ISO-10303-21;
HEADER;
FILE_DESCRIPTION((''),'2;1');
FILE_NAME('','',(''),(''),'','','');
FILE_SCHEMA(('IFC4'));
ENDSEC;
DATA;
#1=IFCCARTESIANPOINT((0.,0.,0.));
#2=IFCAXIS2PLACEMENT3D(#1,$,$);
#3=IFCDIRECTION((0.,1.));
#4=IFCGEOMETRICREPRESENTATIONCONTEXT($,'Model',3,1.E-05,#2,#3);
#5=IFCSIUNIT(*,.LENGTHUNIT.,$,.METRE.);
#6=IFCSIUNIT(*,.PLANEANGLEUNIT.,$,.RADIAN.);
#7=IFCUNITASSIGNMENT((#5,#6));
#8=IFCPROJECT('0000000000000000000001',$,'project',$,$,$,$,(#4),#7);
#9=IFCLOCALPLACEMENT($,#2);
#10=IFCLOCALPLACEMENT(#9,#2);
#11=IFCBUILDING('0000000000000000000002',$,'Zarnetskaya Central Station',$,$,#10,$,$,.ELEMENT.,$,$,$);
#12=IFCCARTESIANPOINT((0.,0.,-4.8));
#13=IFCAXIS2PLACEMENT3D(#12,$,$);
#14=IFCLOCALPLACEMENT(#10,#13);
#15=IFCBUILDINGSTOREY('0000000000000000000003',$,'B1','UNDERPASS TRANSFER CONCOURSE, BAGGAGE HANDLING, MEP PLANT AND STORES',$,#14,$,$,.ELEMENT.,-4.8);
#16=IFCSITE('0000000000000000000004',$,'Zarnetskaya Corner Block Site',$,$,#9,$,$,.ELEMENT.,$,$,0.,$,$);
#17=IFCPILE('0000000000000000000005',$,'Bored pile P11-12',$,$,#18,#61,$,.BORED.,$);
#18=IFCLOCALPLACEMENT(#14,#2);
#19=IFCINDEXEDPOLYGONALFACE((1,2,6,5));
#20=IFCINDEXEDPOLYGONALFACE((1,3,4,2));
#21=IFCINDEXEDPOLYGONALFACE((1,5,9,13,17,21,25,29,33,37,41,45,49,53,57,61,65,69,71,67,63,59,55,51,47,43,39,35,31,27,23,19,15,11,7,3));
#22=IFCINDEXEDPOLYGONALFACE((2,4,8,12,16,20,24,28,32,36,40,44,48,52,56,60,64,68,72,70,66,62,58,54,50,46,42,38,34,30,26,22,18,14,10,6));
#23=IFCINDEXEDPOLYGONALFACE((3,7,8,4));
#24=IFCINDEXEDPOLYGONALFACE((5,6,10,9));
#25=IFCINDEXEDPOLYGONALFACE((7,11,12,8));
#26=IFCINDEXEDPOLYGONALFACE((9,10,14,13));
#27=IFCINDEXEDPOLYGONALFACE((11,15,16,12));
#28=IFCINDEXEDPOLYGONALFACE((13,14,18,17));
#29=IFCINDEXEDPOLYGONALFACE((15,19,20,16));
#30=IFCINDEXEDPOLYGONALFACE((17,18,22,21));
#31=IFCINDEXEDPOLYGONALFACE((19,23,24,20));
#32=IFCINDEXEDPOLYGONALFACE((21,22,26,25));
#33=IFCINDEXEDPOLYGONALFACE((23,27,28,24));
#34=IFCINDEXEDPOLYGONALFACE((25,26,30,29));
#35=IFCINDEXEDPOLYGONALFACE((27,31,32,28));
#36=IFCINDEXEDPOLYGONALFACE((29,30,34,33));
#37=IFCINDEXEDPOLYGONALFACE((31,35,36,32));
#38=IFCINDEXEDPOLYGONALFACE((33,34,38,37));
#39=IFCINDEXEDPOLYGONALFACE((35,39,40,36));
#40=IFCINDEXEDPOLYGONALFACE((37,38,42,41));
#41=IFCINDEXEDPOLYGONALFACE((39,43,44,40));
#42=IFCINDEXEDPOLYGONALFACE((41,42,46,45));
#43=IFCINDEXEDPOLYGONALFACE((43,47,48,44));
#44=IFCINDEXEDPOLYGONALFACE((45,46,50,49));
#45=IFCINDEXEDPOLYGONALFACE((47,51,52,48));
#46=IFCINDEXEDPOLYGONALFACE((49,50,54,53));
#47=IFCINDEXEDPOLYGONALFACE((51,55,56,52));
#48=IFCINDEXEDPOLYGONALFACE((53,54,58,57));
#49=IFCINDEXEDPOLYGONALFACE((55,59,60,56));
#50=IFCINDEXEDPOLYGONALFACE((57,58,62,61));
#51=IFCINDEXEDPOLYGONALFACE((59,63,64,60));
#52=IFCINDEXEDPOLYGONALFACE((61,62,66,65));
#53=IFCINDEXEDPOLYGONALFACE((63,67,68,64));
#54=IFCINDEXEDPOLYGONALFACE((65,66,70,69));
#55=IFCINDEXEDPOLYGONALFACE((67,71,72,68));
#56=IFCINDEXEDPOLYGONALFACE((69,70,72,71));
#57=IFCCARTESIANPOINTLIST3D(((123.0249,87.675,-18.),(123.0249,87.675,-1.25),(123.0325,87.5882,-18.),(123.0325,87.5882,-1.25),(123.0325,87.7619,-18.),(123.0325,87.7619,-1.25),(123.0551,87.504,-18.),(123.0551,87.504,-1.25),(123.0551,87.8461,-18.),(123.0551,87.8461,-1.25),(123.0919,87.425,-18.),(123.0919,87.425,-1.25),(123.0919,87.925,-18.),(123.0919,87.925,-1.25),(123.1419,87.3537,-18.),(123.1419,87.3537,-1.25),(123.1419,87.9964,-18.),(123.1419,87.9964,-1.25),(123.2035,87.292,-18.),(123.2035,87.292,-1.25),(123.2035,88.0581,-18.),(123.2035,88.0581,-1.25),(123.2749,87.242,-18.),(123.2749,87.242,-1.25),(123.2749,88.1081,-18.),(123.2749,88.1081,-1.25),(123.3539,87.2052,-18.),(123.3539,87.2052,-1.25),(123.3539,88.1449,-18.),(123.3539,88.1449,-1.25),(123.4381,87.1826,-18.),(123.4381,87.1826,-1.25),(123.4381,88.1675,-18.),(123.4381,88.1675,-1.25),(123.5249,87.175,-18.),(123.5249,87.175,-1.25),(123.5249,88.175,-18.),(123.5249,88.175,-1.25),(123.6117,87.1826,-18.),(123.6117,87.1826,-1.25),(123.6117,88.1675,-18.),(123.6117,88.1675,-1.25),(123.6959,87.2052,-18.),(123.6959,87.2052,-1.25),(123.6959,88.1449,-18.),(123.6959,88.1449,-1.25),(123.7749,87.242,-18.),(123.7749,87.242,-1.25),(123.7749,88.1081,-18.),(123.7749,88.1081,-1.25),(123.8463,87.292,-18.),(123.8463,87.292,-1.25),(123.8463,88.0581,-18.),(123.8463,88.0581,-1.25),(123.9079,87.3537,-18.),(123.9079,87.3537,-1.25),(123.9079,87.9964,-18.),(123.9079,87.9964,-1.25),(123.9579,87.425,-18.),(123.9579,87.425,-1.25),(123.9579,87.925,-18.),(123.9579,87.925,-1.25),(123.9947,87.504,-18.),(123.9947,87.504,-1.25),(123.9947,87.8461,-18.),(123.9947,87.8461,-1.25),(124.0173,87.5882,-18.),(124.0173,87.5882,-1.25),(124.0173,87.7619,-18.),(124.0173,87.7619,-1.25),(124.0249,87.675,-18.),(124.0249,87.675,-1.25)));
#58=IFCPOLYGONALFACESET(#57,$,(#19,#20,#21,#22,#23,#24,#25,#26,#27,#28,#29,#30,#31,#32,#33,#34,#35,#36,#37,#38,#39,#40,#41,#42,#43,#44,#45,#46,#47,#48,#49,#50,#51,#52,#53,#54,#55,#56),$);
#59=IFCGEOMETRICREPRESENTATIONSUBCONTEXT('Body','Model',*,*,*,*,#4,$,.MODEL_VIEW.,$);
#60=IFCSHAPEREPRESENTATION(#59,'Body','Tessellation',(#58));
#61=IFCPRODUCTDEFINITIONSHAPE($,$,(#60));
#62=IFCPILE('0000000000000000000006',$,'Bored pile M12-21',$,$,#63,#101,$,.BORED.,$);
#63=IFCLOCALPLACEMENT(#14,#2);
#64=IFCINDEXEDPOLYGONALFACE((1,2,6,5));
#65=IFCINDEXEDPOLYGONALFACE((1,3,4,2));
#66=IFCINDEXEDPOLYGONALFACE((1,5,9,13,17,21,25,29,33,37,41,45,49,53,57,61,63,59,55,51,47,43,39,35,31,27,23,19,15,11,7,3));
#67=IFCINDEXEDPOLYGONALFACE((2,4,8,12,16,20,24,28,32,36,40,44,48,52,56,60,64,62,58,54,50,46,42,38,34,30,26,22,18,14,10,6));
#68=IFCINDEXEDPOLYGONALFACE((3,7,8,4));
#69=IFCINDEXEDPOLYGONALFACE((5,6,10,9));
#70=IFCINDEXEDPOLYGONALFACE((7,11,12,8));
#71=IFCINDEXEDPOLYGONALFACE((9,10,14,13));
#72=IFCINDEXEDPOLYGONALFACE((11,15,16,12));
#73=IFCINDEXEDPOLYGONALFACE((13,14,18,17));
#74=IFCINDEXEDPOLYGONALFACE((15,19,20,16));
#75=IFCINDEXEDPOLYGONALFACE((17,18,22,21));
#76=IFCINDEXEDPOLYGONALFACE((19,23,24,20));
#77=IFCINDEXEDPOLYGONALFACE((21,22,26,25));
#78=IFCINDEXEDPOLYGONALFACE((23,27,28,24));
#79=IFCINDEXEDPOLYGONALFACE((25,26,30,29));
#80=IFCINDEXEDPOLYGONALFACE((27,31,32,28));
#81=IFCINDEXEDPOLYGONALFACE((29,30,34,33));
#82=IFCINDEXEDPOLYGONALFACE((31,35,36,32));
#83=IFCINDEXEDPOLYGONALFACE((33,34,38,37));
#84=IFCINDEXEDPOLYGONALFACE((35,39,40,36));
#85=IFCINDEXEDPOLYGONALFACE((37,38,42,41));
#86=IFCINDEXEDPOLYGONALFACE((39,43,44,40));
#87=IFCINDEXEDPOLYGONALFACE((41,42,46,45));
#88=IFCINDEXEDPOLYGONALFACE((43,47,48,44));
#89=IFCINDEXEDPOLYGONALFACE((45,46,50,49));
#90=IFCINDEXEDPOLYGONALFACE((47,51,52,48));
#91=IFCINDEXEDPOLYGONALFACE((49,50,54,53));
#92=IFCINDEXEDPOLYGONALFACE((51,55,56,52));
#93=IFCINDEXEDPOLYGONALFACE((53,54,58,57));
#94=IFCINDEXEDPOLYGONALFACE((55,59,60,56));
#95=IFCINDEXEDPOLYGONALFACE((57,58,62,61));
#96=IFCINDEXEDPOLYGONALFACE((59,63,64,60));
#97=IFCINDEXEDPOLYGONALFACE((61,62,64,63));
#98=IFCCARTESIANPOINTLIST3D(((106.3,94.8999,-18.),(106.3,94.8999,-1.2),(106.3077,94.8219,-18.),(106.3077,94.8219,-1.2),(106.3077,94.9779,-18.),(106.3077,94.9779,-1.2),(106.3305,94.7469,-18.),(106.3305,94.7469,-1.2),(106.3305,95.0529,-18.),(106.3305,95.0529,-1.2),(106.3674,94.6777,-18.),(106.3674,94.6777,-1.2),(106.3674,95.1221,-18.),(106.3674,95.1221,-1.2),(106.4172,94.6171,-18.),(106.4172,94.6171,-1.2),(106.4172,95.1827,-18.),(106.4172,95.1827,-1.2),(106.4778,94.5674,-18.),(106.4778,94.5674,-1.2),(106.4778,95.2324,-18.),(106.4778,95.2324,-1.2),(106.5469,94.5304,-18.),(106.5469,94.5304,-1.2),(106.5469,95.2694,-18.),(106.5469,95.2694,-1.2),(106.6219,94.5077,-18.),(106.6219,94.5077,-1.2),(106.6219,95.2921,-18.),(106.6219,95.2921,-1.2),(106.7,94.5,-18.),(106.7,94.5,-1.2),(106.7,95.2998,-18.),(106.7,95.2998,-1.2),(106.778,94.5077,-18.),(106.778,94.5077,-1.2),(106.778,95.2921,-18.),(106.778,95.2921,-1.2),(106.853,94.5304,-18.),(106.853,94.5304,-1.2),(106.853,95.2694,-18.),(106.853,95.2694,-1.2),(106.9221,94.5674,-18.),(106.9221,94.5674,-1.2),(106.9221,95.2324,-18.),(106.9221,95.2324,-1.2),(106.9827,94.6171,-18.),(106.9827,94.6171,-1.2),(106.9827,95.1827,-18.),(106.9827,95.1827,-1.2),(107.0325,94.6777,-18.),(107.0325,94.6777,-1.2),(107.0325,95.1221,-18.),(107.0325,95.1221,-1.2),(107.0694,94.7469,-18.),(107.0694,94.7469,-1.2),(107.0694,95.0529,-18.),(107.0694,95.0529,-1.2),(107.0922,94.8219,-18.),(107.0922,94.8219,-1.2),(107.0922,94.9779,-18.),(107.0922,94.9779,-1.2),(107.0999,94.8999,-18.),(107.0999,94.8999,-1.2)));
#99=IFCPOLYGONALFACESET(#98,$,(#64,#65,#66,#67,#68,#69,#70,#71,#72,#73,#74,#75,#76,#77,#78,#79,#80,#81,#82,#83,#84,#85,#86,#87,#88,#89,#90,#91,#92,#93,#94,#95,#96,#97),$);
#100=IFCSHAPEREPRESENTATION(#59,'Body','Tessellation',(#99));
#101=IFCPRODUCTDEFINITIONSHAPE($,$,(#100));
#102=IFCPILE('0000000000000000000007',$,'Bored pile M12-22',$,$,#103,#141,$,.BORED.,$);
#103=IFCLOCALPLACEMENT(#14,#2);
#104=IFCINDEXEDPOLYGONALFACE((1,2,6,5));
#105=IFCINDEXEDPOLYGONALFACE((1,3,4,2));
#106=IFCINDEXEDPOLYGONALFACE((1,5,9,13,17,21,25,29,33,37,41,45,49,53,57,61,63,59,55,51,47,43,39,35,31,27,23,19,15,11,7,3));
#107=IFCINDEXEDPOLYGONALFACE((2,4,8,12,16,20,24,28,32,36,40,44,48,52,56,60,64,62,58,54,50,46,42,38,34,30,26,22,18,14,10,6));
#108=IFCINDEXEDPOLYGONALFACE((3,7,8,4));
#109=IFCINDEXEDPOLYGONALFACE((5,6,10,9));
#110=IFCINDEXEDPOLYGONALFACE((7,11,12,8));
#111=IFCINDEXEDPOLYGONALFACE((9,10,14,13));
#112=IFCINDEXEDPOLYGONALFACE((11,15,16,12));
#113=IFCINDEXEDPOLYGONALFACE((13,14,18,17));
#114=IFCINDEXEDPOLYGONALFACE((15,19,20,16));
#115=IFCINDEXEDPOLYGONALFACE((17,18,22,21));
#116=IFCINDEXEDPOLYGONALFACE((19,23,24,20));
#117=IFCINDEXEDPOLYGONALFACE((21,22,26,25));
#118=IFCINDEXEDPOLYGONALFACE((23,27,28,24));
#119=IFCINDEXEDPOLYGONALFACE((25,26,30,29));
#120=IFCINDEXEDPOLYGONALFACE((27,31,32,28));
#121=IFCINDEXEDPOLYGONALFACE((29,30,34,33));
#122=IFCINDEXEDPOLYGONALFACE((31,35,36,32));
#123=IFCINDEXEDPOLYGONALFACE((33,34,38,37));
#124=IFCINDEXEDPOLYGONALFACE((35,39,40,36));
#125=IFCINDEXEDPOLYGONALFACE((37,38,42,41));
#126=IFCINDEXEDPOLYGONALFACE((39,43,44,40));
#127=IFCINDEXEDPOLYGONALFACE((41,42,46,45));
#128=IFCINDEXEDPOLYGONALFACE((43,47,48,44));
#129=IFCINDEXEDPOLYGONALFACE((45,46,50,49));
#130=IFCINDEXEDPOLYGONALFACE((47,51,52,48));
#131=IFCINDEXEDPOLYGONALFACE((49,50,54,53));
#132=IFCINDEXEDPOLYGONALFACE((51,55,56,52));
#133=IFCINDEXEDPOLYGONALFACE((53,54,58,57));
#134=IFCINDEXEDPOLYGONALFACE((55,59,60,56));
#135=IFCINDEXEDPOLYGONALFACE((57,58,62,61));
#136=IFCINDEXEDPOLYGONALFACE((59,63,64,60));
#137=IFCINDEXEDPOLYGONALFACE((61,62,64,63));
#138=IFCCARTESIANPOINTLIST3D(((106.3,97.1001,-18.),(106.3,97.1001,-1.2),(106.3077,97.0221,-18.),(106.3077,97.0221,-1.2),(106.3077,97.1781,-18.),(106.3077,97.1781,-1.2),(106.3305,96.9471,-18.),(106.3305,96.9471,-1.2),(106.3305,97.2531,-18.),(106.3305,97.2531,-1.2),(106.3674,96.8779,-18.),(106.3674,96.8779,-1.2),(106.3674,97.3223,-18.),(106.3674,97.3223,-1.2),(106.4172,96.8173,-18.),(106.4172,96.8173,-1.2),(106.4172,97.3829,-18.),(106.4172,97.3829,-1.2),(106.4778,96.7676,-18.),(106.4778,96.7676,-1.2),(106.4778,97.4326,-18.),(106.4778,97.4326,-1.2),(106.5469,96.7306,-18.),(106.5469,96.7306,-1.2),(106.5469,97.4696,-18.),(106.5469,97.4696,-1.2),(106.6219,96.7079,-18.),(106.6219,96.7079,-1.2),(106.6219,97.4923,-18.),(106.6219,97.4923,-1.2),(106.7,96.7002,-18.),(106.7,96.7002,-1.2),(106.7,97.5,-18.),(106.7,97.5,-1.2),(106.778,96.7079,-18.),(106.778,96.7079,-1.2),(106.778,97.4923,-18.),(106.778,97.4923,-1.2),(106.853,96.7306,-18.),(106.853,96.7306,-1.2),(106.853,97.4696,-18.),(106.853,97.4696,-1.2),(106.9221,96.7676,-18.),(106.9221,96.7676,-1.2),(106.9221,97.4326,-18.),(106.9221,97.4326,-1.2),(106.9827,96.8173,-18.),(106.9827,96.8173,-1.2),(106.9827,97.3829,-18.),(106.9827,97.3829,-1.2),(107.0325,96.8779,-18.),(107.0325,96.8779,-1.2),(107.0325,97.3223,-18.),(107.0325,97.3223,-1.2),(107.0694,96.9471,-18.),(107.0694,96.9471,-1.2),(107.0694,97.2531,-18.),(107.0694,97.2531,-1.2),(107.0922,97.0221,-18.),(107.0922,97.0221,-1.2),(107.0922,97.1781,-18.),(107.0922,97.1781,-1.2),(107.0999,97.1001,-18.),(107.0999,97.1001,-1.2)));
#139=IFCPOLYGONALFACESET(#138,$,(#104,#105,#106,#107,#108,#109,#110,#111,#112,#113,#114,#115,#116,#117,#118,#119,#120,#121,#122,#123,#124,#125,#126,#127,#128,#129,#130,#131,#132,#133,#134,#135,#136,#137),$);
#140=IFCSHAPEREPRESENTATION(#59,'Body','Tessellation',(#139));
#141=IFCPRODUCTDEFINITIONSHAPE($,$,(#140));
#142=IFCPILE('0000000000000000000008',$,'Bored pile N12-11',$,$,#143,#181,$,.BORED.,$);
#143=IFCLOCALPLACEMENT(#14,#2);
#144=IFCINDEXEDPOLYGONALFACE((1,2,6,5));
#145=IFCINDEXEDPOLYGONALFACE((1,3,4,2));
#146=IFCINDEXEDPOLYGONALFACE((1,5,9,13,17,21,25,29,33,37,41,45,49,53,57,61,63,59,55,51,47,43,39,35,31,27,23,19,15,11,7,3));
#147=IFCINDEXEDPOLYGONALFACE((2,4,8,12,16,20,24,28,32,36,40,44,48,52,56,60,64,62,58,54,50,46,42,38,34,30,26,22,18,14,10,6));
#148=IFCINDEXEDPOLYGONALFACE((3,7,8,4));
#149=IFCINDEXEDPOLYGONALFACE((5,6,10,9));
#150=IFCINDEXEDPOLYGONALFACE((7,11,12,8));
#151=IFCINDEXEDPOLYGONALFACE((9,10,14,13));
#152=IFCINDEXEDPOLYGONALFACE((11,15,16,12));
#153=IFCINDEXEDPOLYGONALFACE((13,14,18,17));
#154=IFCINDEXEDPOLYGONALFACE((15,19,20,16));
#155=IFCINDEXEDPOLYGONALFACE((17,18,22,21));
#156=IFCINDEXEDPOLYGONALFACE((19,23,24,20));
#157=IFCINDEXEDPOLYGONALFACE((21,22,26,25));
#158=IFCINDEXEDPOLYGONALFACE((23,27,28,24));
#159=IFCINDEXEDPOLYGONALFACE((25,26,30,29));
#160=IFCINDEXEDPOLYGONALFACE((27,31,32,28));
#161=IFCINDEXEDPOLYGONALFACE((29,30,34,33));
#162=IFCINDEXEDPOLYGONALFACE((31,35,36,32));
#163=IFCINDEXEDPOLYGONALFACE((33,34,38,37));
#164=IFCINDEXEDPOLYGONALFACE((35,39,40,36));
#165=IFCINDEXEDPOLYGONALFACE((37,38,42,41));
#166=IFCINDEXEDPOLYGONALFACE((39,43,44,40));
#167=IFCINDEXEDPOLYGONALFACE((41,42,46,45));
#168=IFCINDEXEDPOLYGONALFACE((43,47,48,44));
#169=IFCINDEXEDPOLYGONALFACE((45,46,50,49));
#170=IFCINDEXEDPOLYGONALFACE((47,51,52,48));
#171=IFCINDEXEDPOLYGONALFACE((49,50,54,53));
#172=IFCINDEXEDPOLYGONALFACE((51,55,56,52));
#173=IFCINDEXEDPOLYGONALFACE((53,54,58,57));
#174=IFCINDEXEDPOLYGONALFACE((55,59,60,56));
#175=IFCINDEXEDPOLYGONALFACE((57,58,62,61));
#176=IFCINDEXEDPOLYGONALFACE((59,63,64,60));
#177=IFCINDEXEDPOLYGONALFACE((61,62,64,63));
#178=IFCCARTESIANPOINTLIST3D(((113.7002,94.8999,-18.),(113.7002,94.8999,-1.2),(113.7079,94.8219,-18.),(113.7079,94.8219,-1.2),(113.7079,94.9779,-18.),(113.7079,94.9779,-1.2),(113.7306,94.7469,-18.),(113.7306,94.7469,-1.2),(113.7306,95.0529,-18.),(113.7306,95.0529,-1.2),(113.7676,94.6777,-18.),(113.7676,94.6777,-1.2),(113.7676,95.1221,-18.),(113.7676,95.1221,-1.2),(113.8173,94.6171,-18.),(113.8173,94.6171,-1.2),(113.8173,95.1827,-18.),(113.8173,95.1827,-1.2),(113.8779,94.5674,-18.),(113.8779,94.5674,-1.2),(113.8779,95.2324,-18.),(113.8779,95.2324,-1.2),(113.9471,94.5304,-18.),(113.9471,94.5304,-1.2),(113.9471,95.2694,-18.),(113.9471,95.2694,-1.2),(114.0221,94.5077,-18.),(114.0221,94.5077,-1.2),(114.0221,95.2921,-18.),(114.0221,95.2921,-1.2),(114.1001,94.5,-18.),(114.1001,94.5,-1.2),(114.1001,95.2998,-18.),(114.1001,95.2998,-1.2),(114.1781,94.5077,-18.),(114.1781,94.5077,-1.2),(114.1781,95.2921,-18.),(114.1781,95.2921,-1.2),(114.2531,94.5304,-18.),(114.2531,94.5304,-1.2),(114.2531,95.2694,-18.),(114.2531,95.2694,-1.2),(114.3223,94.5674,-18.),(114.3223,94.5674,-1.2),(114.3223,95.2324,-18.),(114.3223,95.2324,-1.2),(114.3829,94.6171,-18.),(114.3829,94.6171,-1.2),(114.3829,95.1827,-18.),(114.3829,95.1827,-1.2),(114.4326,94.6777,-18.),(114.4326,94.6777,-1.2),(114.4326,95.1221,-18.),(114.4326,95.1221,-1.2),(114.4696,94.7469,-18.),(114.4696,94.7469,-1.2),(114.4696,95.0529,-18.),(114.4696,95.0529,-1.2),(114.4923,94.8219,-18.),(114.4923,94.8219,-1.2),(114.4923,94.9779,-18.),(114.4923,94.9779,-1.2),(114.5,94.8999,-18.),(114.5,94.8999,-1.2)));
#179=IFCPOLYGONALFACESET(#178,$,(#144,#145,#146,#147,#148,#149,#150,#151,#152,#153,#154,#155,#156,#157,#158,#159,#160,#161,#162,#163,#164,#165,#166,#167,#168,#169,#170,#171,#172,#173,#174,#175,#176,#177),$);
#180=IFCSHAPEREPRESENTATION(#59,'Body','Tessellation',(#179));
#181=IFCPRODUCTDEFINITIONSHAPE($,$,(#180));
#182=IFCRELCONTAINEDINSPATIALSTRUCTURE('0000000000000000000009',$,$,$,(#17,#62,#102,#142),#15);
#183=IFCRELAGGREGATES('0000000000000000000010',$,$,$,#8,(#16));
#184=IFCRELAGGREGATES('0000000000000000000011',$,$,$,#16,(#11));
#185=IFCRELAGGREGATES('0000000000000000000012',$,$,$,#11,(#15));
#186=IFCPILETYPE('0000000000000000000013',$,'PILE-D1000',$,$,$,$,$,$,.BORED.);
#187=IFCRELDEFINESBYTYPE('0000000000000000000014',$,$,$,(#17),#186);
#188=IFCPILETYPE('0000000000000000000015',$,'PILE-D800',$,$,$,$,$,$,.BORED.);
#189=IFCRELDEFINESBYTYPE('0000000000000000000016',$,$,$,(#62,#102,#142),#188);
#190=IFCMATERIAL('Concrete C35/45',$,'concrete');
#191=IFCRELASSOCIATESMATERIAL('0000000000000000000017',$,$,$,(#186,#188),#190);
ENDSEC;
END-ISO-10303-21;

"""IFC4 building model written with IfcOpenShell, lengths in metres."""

from ifc_helpers import new_model, si_unit, direction, frame, origin, origin_2d, place, context, subcontext, project, spatial, circle, extrude, material, material_profile, profile_set, type_object, element, save


model = new_model("IFC4")

# Units and contexts
model_context = context("Model", 3, precision=1e-05, world=origin(), true_north=direction((0.0, 1.0)))
body_context = subcontext(model_context, "Body", "Model", "MODEL_VIEW")
ifc_project = project(units=[si_unit("LENGTHUNIT", "METRE"), si_unit("PLANEANGLEUNIT", "RADIAN")], contexts=[model_context])

# Site, building, storey
site_placement = place(None, origin())
site = spatial("IfcSite", under=ifc_project, at=site_placement, Name="Zarnetskaya Corner Block Site", CompositionType="ELEMENT", RefElevation=0.0)
building_placement = place(site_placement, origin())
building = spatial("IfcBuilding", under=site, at=building_placement, Name="Zarnetskaya Central Station", CompositionType="ELEMENT")
storey_placement = place(building_placement, frame((0.0, 0.0, -4.8)))
storey = spatial("IfcBuildingStorey", under=building, at=storey_placement, Name="B1", Description="UNDERPASS TRANSFER CONCOURSE, BAGGAGE HANDLING, MEP PLANT AND STORES", CompositionType="ELEMENT", Elevation=-4.8)

# Shared definitions
ifc_material = material(Name="Concrete C35/45", Category="concrete")

# Piles
ifc_material_profile_1 = material_profile(ifc_material, circle(Radius=0.5, at=origin_2d()), Name="BORED PILE D1000")
ifc_profile_set_1 = profile_set([ifc_material_profile_1], Name="Concrete C35/45")
pile_type_1 = type_object("IfcPileType", Name="PILE-D1000", PredefinedType="BORED", material=ifc_profile_set_1)
pile_placement = place(storey_placement, frame((123.5249, 87.675, -1.25), z_axis=(0.0, 0.0, -1.0), x_axis=(1.0, 0.0, 0.0)))
element("IfcPile", 1, at=pile_placement, inside=storey, type_object=pile_type_1, Name="Bored pile P11-12", PredefinedType="BORED", context=body_context, shape_type="SweptSolid", body=[
    extrude(circle(Radius=0.5, at=origin_2d()), origin(), (0.0, 0.0, 1.0), 16.75),
])
ifc_material_profile_2 = material_profile(ifc_material, circle(Radius=0.3999, at=origin_2d()), Name="BORED PILE D800")
ifc_profile_set_2 = profile_set([ifc_material_profile_2], Name="Concrete C35/45")
pile_type_2 = type_object("IfcPileType", Name="PILE-D800", PredefinedType="BORED", material=ifc_profile_set_2)
for number, where, z_axis, x_axis, name in (
    (2, (106.7, 94.8999, -1.2), (0.0, 0.0, -1.0), (1.0, 0.0, 0.0), "Bored pile M12-21"),
    (3, (106.7, 97.1001, -1.2), (0.0, 0.0, -1.0), (1.0, 0.0, 0.0), "Bored pile M12-22"),
    (4, (114.1001, 94.8999, -1.2), (0.0, 0.0, -1.0), (1.0, 0.0, 0.0), "Bored pile N12-11"),
):
    element("IfcPile", number, at=place(storey_placement, frame(where, z_axis=z_axis, x_axis=x_axis)), inside=storey, type_object=pile_type_2, Name=name, PredefinedType="BORED", context=body_context, shape_type="SweptSolid", body=[
        extrude(circle(Radius=0.3999, at=origin_2d()), origin(), (0.0, 0.0, 1.0), 16.8),
    ])

save(model, "model.ifc")
